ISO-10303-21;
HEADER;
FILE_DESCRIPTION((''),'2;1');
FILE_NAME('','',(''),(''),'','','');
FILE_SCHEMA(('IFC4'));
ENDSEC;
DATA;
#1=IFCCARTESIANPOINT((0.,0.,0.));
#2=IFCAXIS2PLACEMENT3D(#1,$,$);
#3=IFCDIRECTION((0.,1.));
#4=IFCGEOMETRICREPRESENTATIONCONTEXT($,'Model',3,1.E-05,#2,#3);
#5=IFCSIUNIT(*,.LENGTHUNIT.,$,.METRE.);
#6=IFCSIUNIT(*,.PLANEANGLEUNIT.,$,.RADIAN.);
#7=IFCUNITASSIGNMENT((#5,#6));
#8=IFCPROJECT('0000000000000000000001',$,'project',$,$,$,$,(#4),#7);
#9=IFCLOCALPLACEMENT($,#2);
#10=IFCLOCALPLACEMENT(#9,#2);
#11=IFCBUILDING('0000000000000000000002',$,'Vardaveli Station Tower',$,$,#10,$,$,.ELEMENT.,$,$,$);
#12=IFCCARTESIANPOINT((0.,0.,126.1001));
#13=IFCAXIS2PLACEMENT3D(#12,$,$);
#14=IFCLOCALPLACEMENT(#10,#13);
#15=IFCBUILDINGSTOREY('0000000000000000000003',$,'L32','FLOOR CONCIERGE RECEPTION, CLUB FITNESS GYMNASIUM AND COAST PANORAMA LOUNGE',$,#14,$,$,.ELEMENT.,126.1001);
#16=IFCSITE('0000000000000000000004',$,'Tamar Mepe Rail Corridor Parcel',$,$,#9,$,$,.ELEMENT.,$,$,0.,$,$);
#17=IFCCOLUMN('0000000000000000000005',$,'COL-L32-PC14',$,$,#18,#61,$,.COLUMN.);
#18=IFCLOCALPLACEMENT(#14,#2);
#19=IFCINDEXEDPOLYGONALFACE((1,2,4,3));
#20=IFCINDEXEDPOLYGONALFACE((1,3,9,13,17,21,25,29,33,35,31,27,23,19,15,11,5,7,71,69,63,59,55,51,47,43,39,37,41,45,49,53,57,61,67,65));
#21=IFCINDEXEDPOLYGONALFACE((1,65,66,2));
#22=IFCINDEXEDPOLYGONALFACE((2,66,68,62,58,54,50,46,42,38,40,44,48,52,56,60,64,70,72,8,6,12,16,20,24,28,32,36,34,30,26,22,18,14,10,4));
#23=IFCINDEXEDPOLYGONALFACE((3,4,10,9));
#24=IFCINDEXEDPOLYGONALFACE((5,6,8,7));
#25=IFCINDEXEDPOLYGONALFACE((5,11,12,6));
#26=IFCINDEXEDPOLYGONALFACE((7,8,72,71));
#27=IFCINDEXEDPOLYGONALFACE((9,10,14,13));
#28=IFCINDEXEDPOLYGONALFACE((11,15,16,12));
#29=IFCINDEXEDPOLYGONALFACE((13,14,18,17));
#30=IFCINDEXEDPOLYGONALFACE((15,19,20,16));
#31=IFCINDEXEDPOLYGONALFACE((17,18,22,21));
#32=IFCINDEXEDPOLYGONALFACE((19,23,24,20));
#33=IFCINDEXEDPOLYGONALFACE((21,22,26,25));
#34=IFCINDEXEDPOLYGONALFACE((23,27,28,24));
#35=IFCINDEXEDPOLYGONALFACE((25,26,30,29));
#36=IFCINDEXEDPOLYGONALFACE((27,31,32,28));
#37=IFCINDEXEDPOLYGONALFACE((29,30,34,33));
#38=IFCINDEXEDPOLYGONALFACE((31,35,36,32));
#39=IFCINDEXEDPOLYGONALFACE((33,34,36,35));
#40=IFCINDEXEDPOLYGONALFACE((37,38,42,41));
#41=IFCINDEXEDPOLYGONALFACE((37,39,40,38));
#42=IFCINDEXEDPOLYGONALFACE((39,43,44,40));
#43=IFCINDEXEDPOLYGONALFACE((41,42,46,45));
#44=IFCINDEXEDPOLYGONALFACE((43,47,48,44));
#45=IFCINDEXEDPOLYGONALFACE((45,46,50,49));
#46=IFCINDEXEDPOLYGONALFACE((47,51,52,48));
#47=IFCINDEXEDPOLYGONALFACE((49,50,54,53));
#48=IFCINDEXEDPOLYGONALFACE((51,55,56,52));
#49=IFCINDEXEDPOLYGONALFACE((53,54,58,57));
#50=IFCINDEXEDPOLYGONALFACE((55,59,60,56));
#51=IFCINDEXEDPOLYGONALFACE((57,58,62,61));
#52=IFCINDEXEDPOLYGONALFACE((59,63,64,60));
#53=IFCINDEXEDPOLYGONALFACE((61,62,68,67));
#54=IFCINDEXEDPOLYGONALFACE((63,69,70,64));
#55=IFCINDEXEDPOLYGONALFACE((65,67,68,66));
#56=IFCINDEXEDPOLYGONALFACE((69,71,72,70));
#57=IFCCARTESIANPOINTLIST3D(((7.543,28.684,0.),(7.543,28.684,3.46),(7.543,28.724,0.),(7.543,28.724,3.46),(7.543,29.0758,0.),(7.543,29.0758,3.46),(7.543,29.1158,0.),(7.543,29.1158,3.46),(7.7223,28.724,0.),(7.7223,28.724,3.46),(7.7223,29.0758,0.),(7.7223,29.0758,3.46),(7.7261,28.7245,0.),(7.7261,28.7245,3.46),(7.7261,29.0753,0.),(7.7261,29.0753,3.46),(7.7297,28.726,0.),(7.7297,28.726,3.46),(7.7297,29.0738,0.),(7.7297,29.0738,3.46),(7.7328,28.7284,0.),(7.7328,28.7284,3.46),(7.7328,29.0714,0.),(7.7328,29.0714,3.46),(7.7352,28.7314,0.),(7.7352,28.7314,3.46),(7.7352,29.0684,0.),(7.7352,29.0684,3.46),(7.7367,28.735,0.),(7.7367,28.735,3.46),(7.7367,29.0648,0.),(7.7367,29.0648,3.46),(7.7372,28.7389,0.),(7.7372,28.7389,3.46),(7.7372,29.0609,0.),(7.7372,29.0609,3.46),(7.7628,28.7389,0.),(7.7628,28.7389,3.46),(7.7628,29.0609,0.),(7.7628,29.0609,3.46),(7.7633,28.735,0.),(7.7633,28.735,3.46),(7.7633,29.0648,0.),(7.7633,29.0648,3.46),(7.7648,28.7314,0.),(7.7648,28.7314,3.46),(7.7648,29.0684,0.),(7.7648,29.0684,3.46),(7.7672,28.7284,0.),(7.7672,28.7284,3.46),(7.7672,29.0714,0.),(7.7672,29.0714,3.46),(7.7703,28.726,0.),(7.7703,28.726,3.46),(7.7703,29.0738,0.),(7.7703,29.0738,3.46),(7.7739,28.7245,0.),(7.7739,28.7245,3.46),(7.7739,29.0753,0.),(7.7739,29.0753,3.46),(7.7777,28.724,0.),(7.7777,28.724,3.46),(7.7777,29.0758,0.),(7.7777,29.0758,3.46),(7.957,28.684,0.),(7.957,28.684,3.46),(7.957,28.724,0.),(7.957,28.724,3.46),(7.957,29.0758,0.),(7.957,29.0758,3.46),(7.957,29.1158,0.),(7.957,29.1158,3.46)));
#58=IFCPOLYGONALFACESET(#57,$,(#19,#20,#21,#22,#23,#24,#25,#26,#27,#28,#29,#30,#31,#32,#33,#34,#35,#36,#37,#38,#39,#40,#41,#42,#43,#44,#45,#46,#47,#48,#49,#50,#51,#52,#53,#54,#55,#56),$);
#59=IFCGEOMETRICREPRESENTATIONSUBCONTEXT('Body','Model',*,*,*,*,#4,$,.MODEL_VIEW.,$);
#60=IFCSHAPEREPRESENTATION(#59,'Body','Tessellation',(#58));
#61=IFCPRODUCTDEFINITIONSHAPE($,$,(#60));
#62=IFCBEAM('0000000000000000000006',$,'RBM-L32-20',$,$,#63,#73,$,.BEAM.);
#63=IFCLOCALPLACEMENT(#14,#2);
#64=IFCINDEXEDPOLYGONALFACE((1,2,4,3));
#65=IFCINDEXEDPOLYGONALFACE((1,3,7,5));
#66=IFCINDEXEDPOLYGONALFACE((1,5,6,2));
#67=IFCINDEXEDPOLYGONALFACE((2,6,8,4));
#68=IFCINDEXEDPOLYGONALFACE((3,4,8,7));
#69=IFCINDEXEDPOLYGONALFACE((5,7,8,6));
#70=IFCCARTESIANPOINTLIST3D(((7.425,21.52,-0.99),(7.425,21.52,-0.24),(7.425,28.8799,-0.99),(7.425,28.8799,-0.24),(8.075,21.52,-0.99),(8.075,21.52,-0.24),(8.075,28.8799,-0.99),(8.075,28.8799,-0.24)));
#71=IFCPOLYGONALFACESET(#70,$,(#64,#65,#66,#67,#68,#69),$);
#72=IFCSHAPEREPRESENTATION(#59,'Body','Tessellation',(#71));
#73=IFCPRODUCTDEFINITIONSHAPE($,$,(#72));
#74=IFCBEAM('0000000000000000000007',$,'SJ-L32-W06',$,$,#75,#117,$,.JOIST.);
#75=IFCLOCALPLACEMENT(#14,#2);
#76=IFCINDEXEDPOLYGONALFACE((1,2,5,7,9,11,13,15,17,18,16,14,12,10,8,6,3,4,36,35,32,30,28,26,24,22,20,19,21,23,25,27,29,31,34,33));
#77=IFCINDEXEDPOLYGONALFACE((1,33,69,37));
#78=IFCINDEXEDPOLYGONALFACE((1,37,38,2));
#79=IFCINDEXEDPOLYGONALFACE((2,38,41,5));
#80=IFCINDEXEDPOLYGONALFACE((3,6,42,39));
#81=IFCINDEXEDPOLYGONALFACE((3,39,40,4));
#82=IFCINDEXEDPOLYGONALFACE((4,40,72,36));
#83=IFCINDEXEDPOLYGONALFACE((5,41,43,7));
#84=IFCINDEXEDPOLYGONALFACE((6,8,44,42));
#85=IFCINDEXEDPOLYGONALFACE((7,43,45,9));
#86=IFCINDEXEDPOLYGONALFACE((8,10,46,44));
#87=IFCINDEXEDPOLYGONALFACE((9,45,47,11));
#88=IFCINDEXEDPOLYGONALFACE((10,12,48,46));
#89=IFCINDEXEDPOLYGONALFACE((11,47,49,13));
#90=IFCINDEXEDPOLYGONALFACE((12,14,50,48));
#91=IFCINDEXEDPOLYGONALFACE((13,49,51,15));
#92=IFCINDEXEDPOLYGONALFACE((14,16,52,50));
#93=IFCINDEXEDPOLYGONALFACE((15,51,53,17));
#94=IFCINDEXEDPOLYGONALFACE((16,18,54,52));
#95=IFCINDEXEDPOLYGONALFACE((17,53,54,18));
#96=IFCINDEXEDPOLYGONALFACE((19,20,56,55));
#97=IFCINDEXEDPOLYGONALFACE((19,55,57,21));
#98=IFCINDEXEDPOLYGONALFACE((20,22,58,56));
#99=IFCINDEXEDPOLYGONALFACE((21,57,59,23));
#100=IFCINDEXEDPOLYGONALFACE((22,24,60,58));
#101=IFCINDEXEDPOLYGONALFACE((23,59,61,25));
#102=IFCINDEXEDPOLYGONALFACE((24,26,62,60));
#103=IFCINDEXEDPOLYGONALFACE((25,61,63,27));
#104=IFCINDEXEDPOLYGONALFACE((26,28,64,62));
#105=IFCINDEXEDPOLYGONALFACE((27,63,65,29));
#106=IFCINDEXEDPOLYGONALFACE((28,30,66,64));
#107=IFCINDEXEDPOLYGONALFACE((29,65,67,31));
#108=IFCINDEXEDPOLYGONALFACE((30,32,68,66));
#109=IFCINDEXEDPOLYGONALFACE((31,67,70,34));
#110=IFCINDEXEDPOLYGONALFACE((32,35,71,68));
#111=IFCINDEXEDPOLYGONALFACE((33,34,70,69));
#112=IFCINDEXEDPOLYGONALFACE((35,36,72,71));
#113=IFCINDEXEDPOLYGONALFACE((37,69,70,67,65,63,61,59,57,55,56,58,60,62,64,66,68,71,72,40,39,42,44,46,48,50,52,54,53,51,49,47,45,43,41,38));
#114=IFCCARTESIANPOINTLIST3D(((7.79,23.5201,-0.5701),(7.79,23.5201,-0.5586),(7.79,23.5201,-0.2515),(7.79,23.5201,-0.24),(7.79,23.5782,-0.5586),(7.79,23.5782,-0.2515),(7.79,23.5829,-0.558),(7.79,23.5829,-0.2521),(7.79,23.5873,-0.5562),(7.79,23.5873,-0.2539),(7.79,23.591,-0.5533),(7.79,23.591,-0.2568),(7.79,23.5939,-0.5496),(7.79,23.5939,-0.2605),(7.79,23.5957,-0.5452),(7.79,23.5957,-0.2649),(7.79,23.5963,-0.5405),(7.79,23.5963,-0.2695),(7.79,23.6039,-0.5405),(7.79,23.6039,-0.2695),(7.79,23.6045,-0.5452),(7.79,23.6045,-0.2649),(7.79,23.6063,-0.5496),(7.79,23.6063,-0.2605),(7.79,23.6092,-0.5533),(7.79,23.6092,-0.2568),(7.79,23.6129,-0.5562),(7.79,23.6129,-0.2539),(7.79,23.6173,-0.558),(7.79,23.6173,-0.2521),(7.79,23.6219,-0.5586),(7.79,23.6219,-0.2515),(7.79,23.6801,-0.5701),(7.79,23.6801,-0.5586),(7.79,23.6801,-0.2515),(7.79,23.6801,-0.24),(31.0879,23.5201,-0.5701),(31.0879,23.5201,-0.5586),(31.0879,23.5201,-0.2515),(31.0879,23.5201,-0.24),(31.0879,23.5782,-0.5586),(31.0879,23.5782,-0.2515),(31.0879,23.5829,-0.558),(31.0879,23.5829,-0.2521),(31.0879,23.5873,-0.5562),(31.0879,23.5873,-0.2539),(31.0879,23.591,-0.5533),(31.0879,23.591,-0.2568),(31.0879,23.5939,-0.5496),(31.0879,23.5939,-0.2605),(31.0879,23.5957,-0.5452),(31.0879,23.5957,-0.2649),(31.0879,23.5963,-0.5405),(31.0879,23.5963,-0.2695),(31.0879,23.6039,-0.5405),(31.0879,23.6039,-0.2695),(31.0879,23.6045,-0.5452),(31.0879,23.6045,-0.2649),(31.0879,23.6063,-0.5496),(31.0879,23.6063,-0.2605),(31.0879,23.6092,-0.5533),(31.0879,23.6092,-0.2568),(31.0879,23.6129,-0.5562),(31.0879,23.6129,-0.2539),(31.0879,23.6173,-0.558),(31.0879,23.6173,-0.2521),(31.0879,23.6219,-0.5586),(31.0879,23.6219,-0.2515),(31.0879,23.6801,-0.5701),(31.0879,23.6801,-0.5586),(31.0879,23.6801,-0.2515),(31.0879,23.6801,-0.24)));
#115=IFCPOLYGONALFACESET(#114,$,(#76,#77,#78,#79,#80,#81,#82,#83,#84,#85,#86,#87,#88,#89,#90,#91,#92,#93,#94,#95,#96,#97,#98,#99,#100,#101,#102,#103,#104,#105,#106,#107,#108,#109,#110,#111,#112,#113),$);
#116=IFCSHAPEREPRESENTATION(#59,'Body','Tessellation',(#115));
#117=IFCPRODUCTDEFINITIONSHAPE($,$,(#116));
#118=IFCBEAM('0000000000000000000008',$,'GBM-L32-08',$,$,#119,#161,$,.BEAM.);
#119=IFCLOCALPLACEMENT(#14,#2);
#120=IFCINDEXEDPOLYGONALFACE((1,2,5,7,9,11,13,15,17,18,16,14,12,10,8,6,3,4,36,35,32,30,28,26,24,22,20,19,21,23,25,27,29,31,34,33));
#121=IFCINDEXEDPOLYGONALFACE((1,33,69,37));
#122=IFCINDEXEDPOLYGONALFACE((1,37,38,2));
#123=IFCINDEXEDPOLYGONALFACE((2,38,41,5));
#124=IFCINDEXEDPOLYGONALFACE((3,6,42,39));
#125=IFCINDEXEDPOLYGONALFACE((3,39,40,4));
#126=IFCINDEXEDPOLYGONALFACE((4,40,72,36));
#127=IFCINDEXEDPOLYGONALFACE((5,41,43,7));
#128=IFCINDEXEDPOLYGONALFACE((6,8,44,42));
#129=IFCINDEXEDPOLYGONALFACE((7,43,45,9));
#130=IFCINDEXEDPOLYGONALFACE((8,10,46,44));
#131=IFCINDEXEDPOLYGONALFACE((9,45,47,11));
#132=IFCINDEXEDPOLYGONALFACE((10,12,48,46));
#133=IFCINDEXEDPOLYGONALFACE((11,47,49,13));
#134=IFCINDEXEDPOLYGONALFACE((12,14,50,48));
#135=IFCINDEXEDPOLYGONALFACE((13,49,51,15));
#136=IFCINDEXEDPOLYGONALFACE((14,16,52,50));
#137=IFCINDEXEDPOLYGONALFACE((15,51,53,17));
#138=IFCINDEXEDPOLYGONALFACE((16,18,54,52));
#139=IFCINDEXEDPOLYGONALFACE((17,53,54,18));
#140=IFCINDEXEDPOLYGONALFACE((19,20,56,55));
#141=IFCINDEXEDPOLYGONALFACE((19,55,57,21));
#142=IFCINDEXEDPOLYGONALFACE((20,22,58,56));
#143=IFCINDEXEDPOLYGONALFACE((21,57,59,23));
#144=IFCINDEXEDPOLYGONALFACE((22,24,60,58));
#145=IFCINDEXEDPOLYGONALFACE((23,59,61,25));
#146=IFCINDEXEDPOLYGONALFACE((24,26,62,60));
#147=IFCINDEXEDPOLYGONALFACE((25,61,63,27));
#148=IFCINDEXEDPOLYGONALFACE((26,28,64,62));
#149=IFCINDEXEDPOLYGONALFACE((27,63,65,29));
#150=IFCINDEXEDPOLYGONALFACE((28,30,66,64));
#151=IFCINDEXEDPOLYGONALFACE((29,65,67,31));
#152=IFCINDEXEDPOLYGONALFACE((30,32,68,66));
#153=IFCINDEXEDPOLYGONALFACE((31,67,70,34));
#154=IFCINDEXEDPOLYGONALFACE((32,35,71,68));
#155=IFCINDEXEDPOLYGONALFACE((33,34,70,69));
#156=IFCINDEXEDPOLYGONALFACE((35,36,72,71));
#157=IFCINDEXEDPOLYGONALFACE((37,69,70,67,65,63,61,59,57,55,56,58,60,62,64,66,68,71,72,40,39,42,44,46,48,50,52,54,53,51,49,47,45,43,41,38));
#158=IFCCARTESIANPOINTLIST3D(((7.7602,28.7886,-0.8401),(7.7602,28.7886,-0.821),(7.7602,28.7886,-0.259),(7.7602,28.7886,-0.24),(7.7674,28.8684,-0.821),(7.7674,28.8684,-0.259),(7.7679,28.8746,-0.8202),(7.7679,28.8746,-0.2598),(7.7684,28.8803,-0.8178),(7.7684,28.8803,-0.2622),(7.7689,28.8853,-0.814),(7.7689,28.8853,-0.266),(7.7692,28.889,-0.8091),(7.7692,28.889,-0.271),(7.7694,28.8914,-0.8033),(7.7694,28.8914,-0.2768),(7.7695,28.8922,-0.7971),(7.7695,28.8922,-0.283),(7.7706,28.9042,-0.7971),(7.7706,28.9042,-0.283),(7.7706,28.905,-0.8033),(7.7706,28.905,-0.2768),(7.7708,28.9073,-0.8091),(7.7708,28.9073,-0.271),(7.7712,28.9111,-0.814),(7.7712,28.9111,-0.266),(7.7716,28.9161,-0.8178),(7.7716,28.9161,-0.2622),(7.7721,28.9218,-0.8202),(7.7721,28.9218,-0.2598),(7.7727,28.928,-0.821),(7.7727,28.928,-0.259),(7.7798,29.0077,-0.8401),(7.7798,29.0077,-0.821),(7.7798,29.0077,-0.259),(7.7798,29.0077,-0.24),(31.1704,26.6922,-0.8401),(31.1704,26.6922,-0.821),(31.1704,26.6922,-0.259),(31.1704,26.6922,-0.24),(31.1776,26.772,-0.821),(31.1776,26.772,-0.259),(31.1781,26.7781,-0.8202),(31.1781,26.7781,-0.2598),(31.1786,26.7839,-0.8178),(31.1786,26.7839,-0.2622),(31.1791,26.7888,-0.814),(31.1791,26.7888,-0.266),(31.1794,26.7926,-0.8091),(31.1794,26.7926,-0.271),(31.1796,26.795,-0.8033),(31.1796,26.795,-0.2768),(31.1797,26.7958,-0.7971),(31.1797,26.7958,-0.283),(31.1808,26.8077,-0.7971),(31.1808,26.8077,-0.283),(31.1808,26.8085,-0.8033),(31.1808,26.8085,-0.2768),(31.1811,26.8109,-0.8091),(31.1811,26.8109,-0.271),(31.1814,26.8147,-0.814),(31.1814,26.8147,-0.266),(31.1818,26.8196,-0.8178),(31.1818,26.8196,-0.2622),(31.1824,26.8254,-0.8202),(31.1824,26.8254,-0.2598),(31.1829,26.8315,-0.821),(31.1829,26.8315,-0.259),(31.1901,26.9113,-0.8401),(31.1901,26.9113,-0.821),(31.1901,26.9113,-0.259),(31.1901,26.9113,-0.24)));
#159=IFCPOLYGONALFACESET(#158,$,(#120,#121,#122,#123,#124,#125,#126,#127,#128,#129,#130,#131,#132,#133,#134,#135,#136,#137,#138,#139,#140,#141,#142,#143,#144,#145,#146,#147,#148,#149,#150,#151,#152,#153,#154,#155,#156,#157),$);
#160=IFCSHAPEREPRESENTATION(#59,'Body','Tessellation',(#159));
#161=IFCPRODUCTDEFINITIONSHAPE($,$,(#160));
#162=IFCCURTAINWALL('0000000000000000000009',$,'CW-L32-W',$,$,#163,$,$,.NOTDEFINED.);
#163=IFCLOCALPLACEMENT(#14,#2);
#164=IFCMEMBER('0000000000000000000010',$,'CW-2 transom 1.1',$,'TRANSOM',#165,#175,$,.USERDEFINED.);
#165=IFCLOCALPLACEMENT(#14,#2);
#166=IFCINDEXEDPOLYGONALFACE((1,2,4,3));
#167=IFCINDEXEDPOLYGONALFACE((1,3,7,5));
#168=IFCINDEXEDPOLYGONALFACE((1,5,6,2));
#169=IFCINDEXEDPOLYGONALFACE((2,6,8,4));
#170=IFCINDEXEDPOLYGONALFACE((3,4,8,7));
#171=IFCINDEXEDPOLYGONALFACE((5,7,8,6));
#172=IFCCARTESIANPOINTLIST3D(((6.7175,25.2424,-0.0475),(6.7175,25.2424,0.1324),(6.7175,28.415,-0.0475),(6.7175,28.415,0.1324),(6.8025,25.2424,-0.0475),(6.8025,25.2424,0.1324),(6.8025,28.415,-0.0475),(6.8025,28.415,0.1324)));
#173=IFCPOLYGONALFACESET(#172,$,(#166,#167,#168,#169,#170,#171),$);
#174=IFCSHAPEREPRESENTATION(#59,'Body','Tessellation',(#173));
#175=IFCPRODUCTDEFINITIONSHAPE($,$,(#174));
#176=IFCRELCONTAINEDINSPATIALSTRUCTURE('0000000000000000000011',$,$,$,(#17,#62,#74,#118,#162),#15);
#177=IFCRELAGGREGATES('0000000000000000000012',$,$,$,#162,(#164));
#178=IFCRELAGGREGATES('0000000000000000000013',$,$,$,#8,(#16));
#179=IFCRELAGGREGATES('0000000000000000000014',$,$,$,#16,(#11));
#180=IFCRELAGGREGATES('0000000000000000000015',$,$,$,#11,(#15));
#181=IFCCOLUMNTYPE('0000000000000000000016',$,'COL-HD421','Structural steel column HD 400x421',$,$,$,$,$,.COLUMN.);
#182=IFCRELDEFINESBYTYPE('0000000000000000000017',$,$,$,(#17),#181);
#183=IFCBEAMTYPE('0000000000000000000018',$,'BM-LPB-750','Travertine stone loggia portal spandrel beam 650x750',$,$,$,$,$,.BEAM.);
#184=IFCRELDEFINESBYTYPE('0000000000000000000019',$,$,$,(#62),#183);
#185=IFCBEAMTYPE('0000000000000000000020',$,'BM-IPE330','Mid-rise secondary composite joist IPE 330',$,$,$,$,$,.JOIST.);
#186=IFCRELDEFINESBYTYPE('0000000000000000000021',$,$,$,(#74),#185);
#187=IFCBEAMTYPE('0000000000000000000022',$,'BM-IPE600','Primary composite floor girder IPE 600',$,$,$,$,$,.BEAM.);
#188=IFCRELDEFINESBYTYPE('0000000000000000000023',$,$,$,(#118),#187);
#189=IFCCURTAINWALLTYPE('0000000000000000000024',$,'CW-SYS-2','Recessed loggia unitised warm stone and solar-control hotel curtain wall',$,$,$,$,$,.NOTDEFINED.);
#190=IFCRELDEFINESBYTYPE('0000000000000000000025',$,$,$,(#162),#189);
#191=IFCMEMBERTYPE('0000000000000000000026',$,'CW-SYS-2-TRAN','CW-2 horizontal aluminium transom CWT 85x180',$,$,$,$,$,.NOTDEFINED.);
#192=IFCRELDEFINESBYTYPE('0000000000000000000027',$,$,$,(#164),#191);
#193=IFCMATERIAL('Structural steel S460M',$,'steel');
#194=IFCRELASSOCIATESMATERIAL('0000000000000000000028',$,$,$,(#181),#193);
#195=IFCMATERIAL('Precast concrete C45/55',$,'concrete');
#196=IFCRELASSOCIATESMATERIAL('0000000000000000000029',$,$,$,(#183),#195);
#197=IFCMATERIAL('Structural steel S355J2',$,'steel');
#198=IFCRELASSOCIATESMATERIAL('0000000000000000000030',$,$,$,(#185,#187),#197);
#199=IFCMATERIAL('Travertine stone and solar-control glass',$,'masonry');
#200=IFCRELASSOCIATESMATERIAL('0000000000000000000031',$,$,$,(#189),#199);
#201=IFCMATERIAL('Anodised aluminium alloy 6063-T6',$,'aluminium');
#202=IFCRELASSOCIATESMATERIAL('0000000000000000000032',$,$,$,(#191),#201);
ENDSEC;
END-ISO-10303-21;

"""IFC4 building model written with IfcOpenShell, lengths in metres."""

from ifc_helpers import new_model, si_unit, direction, frame, origin, origin_2d, place, context, subcontext, project, spatial, rectangle, i_section, extrude, source, transform, mapped, material, material_profile, profile_set, type_object, element, aggregate, save


model = new_model("IFC4")

# Units and contexts
model_context = context("Model", 3, precision=1e-05, world=origin(), true_north=direction((0.0, 1.0)))
body_context = subcontext(model_context, "Body", "Model", "MODEL_VIEW")
ifc_project = project(units=[si_unit("LENGTHUNIT", "METRE"), si_unit("PLANEANGLEUNIT", "RADIAN")], contexts=[model_context])

# Site, building, storey
site_placement = place(None, origin())
site = spatial("IfcSite", under=ifc_project, at=site_placement, Name="Tamar Mepe Rail Corridor Parcel", CompositionType="ELEMENT", RefElevation=0.0)
building_placement = place(site_placement, origin())
building = spatial("IfcBuilding", under=site, at=building_placement, Name="Vardaveli Station Tower", CompositionType="ELEMENT")
storey_placement = place(building_placement, frame((0.0, 0.0, 126.1001)))
storey = spatial("IfcBuildingStorey", under=building, at=storey_placement, Name="L32", Description="FLOOR CONCIERGE RECEPTION, CLUB FITNESS GYMNASIUM AND COAST PANORAMA LOUNGE", CompositionType="ELEMENT", Elevation=126.1001)

# Column
ifc_material_1 = material(Name="Structural steel S460M", Category="steel")
ifc_material_profile_1 = material_profile(ifc_material_1, i_section(OverallWidth=0.4141, OverallDepth=0.4319, WebThickness=0.0256, FlangeThickness=0.04, FilletRadius=0.0149, at=origin_2d()), Name="HD 400x421")
ifc_profile_set_1 = profile_set([ifc_material_profile_1], Name="Structural steel S460M")
column_type = type_object("IfcColumnType", Name="COL-HD421", Description="Structural steel column HD 400x421", PredefinedType="COLUMN", material=ifc_profile_set_1)
shared_shape_1 = source(origin(), body_context, "Body", "SweptSolid", [
    extrude(i_section(OverallWidth=0.4141, OverallDepth=0.4319, WebThickness=0.0256, FlangeThickness=0.04, FilletRadius=0.0149, at=origin_2d()), origin(), (0.0, 0.0, 1.0), 3.46),
])
column_placement = place(storey_placement, frame((7.75, 28.8999, 0.0), z_axis=(0.0, 0.0, 1.0), x_axis=(1.0, 0.0, 0.0)))
element("IfcColumn", 1, at=column_placement, inside=storey, type_object=column_type, Name="COL-L32-PC14", PredefinedType="COLUMN", context=body_context, shape_type="MappedRepresentation", body=[
    mapped(shared_shape_1, transform((0.0, 0.0, 0.0), scale=1.0)),
])

# Beams
ifc_material_2 = material(Name="Precast concrete C45/55", Category="concrete")
ifc_material_profile_2 = material_profile(ifc_material_2, rectangle(XDim=0.6499, YDim=0.75, at=origin_2d()), Name="LPB 650x750")
ifc_profile_set_2 = profile_set([ifc_material_profile_2], Name="Precast concrete C45/55")
beam_type_1 = type_object("IfcBeamType", Name="BM-LPB-750", Description="Travertine stone loggia portal spandrel beam 650x750", PredefinedType="BEAM", material=ifc_profile_set_2)
shared_shape_2 = source(origin(), body_context, "Body", "SweptSolid", [
    extrude(rectangle(XDim=0.6499, YDim=0.75, at=origin_2d()), origin(), (0.0, 0.0, 1.0), 7.3599),
])
beam_1_placement = place(storey_placement, frame((7.75, 28.8799, -0.615), z_axis=(0.0, -1.0, 0.0), x_axis=(1.0, 0.0, 0.0)))
element("IfcBeam", 2, at=beam_1_placement, inside=storey, type_object=beam_type_1, Name="RBM-L32-20", PredefinedType="BEAM", context=body_context, shape_type="MappedRepresentation", body=[
    mapped(shared_shape_2, transform((0.0, 0.0, 0.0), scale=1.0)),
])
ifc_material_3 = material(Name="Structural steel S355J2", Category="steel")
ifc_material_profile_3 = material_profile(ifc_material_3, i_section(OverallWidth=0.1599, OverallDepth=0.3301, WebThickness=0.0076, FlangeThickness=0.0115, FilletRadius=0.0181, at=origin_2d()), Name="IPE 330")
ifc_profile_set_3 = profile_set([ifc_material_profile_3], Name="Structural steel S355J2")
beam_type_2 = type_object("IfcBeamType", Name="BM-IPE330", Description="Mid-rise secondary composite joist IPE 330", PredefinedType="JOIST", material=ifc_profile_set_3)
shared_shape_3 = source(origin(), body_context, "Body", "SweptSolid", [
    extrude(i_section(OverallWidth=0.1599, OverallDepth=0.3301, WebThickness=0.0076, FlangeThickness=0.0115, FilletRadius=0.0181, at=origin_2d()), origin(), (0.0, 0.0, 1.0), 23.2979),
])
beam_2_placement = place(storey_placement, frame((7.79, 23.6001, -0.405), z_axis=(1.0, 0.0, 0.0), x_axis=(0.0, 1.0, 0.0)))
element("IfcBeam", 3, at=beam_2_placement, inside=storey, type_object=beam_type_2, Name="SJ-L32-W06", PredefinedType="JOIST", context=body_context, shape_type="MappedRepresentation", body=[
    mapped(shared_shape_3, transform((0.0, 0.0, 0.0), scale=1.0)),
])
ifc_material_profile_4 = material_profile(ifc_material_3, i_section(OverallWidth=0.22, OverallDepth=0.6001, WebThickness=0.012, FlangeThickness=0.019, FilletRadius=0.0239, at=origin_2d()), Name="IPE 600")
ifc_profile_set_4 = profile_set([ifc_material_profile_4], Name="Structural steel S355J2")
beam_type_3 = type_object("IfcBeamType", Name="BM-IPE600", Description="Primary composite floor girder IPE 600", PredefinedType="BEAM", material=ifc_profile_set_4)
shared_shape_4 = source(origin(), body_context, "Body", "SweptSolid", [
    extrude(i_section(OverallWidth=0.22, OverallDepth=0.6001, WebThickness=0.012, FlangeThickness=0.019, FilletRadius=0.0239, at=origin_2d()), origin(), (0.0, 0.0, 1.0), 23.5039),
])
beam_3_placement = place(storey_placement, frame((7.77, 28.8982, -0.54), z_axis=(0.996014, -0.089195, 0.0), x_axis=(0.089195, 0.996014, 0.0)))
element("IfcBeam", 4, at=beam_3_placement, inside=storey, type_object=beam_type_3, Name="GBM-L32-08", PredefinedType="BEAM", context=body_context, shape_type="MappedRepresentation", body=[
    mapped(shared_shape_4, transform((0.0, 0.0, 0.0), scale=1.0)),
])

# Curtain wall, member
ifc_material_4 = material(Name="Travertine stone and solar-control glass", Category="masonry")
curtain_wall_type = type_object("IfcCurtainWallType", Name="CW-SYS-2", Description="Recessed loggia unitised warm stone and solar-control hotel curtain wall", PredefinedType="NOTDEFINED", material=ifc_material_4)
curtain_wall_placement = place(storey_placement, origin())
curtain_wall = element("IfcCurtainWall", 5, at=curtain_wall_placement, inside=storey, type_object=curtain_wall_type, Name="CW-L32-W", PredefinedType="NOTDEFINED")
ifc_material_5 = material(Name="Anodised aluminium alloy 6063-T6", Category="aluminium")
ifc_material_profile_5 = material_profile(ifc_material_5, rectangle(XDim=0.085, YDim=0.1799, at=origin_2d()), Name="CWT 85x180")
ifc_profile_set_5 = profile_set([ifc_material_profile_5], Name="Anodised aluminium alloy 6063-T6")
member_type_1 = type_object("IfcMemberType", Name="CW-SYS-2-TRAN", Description="CW-2 horizontal aluminium transom CWT 85x180", PredefinedType="NOTDEFINED", material=ifc_profile_set_5)
shared_shape_5 = source(origin(), body_context, "Body", "SweptSolid", [
    extrude(rectangle(XDim=0.085, YDim=0.1799, at=origin_2d()), origin(), (0.0, 0.0, 1.0), 3.1726),
])
member_1_placement = place(storey_placement, frame((6.76, 28.415, 0.0425), z_axis=(0.0, -1.0, 0.0), x_axis=(1.0, 0.0, 0.0)))
member_1 = element("IfcMember", 6, at=member_1_placement, type_object=member_type_1, Name="CW-2 transom 1.1", ObjectType="TRANSOM", PredefinedType="USERDEFINED", context=body_context, shape_type="MappedRepresentation", body=[
    mapped(shared_shape_5, transform((0.0, 0.0, 0.0), scale=1.0)),
])
aggregate(curtain_wall, [member_1])

save(model, "model.ifc")
